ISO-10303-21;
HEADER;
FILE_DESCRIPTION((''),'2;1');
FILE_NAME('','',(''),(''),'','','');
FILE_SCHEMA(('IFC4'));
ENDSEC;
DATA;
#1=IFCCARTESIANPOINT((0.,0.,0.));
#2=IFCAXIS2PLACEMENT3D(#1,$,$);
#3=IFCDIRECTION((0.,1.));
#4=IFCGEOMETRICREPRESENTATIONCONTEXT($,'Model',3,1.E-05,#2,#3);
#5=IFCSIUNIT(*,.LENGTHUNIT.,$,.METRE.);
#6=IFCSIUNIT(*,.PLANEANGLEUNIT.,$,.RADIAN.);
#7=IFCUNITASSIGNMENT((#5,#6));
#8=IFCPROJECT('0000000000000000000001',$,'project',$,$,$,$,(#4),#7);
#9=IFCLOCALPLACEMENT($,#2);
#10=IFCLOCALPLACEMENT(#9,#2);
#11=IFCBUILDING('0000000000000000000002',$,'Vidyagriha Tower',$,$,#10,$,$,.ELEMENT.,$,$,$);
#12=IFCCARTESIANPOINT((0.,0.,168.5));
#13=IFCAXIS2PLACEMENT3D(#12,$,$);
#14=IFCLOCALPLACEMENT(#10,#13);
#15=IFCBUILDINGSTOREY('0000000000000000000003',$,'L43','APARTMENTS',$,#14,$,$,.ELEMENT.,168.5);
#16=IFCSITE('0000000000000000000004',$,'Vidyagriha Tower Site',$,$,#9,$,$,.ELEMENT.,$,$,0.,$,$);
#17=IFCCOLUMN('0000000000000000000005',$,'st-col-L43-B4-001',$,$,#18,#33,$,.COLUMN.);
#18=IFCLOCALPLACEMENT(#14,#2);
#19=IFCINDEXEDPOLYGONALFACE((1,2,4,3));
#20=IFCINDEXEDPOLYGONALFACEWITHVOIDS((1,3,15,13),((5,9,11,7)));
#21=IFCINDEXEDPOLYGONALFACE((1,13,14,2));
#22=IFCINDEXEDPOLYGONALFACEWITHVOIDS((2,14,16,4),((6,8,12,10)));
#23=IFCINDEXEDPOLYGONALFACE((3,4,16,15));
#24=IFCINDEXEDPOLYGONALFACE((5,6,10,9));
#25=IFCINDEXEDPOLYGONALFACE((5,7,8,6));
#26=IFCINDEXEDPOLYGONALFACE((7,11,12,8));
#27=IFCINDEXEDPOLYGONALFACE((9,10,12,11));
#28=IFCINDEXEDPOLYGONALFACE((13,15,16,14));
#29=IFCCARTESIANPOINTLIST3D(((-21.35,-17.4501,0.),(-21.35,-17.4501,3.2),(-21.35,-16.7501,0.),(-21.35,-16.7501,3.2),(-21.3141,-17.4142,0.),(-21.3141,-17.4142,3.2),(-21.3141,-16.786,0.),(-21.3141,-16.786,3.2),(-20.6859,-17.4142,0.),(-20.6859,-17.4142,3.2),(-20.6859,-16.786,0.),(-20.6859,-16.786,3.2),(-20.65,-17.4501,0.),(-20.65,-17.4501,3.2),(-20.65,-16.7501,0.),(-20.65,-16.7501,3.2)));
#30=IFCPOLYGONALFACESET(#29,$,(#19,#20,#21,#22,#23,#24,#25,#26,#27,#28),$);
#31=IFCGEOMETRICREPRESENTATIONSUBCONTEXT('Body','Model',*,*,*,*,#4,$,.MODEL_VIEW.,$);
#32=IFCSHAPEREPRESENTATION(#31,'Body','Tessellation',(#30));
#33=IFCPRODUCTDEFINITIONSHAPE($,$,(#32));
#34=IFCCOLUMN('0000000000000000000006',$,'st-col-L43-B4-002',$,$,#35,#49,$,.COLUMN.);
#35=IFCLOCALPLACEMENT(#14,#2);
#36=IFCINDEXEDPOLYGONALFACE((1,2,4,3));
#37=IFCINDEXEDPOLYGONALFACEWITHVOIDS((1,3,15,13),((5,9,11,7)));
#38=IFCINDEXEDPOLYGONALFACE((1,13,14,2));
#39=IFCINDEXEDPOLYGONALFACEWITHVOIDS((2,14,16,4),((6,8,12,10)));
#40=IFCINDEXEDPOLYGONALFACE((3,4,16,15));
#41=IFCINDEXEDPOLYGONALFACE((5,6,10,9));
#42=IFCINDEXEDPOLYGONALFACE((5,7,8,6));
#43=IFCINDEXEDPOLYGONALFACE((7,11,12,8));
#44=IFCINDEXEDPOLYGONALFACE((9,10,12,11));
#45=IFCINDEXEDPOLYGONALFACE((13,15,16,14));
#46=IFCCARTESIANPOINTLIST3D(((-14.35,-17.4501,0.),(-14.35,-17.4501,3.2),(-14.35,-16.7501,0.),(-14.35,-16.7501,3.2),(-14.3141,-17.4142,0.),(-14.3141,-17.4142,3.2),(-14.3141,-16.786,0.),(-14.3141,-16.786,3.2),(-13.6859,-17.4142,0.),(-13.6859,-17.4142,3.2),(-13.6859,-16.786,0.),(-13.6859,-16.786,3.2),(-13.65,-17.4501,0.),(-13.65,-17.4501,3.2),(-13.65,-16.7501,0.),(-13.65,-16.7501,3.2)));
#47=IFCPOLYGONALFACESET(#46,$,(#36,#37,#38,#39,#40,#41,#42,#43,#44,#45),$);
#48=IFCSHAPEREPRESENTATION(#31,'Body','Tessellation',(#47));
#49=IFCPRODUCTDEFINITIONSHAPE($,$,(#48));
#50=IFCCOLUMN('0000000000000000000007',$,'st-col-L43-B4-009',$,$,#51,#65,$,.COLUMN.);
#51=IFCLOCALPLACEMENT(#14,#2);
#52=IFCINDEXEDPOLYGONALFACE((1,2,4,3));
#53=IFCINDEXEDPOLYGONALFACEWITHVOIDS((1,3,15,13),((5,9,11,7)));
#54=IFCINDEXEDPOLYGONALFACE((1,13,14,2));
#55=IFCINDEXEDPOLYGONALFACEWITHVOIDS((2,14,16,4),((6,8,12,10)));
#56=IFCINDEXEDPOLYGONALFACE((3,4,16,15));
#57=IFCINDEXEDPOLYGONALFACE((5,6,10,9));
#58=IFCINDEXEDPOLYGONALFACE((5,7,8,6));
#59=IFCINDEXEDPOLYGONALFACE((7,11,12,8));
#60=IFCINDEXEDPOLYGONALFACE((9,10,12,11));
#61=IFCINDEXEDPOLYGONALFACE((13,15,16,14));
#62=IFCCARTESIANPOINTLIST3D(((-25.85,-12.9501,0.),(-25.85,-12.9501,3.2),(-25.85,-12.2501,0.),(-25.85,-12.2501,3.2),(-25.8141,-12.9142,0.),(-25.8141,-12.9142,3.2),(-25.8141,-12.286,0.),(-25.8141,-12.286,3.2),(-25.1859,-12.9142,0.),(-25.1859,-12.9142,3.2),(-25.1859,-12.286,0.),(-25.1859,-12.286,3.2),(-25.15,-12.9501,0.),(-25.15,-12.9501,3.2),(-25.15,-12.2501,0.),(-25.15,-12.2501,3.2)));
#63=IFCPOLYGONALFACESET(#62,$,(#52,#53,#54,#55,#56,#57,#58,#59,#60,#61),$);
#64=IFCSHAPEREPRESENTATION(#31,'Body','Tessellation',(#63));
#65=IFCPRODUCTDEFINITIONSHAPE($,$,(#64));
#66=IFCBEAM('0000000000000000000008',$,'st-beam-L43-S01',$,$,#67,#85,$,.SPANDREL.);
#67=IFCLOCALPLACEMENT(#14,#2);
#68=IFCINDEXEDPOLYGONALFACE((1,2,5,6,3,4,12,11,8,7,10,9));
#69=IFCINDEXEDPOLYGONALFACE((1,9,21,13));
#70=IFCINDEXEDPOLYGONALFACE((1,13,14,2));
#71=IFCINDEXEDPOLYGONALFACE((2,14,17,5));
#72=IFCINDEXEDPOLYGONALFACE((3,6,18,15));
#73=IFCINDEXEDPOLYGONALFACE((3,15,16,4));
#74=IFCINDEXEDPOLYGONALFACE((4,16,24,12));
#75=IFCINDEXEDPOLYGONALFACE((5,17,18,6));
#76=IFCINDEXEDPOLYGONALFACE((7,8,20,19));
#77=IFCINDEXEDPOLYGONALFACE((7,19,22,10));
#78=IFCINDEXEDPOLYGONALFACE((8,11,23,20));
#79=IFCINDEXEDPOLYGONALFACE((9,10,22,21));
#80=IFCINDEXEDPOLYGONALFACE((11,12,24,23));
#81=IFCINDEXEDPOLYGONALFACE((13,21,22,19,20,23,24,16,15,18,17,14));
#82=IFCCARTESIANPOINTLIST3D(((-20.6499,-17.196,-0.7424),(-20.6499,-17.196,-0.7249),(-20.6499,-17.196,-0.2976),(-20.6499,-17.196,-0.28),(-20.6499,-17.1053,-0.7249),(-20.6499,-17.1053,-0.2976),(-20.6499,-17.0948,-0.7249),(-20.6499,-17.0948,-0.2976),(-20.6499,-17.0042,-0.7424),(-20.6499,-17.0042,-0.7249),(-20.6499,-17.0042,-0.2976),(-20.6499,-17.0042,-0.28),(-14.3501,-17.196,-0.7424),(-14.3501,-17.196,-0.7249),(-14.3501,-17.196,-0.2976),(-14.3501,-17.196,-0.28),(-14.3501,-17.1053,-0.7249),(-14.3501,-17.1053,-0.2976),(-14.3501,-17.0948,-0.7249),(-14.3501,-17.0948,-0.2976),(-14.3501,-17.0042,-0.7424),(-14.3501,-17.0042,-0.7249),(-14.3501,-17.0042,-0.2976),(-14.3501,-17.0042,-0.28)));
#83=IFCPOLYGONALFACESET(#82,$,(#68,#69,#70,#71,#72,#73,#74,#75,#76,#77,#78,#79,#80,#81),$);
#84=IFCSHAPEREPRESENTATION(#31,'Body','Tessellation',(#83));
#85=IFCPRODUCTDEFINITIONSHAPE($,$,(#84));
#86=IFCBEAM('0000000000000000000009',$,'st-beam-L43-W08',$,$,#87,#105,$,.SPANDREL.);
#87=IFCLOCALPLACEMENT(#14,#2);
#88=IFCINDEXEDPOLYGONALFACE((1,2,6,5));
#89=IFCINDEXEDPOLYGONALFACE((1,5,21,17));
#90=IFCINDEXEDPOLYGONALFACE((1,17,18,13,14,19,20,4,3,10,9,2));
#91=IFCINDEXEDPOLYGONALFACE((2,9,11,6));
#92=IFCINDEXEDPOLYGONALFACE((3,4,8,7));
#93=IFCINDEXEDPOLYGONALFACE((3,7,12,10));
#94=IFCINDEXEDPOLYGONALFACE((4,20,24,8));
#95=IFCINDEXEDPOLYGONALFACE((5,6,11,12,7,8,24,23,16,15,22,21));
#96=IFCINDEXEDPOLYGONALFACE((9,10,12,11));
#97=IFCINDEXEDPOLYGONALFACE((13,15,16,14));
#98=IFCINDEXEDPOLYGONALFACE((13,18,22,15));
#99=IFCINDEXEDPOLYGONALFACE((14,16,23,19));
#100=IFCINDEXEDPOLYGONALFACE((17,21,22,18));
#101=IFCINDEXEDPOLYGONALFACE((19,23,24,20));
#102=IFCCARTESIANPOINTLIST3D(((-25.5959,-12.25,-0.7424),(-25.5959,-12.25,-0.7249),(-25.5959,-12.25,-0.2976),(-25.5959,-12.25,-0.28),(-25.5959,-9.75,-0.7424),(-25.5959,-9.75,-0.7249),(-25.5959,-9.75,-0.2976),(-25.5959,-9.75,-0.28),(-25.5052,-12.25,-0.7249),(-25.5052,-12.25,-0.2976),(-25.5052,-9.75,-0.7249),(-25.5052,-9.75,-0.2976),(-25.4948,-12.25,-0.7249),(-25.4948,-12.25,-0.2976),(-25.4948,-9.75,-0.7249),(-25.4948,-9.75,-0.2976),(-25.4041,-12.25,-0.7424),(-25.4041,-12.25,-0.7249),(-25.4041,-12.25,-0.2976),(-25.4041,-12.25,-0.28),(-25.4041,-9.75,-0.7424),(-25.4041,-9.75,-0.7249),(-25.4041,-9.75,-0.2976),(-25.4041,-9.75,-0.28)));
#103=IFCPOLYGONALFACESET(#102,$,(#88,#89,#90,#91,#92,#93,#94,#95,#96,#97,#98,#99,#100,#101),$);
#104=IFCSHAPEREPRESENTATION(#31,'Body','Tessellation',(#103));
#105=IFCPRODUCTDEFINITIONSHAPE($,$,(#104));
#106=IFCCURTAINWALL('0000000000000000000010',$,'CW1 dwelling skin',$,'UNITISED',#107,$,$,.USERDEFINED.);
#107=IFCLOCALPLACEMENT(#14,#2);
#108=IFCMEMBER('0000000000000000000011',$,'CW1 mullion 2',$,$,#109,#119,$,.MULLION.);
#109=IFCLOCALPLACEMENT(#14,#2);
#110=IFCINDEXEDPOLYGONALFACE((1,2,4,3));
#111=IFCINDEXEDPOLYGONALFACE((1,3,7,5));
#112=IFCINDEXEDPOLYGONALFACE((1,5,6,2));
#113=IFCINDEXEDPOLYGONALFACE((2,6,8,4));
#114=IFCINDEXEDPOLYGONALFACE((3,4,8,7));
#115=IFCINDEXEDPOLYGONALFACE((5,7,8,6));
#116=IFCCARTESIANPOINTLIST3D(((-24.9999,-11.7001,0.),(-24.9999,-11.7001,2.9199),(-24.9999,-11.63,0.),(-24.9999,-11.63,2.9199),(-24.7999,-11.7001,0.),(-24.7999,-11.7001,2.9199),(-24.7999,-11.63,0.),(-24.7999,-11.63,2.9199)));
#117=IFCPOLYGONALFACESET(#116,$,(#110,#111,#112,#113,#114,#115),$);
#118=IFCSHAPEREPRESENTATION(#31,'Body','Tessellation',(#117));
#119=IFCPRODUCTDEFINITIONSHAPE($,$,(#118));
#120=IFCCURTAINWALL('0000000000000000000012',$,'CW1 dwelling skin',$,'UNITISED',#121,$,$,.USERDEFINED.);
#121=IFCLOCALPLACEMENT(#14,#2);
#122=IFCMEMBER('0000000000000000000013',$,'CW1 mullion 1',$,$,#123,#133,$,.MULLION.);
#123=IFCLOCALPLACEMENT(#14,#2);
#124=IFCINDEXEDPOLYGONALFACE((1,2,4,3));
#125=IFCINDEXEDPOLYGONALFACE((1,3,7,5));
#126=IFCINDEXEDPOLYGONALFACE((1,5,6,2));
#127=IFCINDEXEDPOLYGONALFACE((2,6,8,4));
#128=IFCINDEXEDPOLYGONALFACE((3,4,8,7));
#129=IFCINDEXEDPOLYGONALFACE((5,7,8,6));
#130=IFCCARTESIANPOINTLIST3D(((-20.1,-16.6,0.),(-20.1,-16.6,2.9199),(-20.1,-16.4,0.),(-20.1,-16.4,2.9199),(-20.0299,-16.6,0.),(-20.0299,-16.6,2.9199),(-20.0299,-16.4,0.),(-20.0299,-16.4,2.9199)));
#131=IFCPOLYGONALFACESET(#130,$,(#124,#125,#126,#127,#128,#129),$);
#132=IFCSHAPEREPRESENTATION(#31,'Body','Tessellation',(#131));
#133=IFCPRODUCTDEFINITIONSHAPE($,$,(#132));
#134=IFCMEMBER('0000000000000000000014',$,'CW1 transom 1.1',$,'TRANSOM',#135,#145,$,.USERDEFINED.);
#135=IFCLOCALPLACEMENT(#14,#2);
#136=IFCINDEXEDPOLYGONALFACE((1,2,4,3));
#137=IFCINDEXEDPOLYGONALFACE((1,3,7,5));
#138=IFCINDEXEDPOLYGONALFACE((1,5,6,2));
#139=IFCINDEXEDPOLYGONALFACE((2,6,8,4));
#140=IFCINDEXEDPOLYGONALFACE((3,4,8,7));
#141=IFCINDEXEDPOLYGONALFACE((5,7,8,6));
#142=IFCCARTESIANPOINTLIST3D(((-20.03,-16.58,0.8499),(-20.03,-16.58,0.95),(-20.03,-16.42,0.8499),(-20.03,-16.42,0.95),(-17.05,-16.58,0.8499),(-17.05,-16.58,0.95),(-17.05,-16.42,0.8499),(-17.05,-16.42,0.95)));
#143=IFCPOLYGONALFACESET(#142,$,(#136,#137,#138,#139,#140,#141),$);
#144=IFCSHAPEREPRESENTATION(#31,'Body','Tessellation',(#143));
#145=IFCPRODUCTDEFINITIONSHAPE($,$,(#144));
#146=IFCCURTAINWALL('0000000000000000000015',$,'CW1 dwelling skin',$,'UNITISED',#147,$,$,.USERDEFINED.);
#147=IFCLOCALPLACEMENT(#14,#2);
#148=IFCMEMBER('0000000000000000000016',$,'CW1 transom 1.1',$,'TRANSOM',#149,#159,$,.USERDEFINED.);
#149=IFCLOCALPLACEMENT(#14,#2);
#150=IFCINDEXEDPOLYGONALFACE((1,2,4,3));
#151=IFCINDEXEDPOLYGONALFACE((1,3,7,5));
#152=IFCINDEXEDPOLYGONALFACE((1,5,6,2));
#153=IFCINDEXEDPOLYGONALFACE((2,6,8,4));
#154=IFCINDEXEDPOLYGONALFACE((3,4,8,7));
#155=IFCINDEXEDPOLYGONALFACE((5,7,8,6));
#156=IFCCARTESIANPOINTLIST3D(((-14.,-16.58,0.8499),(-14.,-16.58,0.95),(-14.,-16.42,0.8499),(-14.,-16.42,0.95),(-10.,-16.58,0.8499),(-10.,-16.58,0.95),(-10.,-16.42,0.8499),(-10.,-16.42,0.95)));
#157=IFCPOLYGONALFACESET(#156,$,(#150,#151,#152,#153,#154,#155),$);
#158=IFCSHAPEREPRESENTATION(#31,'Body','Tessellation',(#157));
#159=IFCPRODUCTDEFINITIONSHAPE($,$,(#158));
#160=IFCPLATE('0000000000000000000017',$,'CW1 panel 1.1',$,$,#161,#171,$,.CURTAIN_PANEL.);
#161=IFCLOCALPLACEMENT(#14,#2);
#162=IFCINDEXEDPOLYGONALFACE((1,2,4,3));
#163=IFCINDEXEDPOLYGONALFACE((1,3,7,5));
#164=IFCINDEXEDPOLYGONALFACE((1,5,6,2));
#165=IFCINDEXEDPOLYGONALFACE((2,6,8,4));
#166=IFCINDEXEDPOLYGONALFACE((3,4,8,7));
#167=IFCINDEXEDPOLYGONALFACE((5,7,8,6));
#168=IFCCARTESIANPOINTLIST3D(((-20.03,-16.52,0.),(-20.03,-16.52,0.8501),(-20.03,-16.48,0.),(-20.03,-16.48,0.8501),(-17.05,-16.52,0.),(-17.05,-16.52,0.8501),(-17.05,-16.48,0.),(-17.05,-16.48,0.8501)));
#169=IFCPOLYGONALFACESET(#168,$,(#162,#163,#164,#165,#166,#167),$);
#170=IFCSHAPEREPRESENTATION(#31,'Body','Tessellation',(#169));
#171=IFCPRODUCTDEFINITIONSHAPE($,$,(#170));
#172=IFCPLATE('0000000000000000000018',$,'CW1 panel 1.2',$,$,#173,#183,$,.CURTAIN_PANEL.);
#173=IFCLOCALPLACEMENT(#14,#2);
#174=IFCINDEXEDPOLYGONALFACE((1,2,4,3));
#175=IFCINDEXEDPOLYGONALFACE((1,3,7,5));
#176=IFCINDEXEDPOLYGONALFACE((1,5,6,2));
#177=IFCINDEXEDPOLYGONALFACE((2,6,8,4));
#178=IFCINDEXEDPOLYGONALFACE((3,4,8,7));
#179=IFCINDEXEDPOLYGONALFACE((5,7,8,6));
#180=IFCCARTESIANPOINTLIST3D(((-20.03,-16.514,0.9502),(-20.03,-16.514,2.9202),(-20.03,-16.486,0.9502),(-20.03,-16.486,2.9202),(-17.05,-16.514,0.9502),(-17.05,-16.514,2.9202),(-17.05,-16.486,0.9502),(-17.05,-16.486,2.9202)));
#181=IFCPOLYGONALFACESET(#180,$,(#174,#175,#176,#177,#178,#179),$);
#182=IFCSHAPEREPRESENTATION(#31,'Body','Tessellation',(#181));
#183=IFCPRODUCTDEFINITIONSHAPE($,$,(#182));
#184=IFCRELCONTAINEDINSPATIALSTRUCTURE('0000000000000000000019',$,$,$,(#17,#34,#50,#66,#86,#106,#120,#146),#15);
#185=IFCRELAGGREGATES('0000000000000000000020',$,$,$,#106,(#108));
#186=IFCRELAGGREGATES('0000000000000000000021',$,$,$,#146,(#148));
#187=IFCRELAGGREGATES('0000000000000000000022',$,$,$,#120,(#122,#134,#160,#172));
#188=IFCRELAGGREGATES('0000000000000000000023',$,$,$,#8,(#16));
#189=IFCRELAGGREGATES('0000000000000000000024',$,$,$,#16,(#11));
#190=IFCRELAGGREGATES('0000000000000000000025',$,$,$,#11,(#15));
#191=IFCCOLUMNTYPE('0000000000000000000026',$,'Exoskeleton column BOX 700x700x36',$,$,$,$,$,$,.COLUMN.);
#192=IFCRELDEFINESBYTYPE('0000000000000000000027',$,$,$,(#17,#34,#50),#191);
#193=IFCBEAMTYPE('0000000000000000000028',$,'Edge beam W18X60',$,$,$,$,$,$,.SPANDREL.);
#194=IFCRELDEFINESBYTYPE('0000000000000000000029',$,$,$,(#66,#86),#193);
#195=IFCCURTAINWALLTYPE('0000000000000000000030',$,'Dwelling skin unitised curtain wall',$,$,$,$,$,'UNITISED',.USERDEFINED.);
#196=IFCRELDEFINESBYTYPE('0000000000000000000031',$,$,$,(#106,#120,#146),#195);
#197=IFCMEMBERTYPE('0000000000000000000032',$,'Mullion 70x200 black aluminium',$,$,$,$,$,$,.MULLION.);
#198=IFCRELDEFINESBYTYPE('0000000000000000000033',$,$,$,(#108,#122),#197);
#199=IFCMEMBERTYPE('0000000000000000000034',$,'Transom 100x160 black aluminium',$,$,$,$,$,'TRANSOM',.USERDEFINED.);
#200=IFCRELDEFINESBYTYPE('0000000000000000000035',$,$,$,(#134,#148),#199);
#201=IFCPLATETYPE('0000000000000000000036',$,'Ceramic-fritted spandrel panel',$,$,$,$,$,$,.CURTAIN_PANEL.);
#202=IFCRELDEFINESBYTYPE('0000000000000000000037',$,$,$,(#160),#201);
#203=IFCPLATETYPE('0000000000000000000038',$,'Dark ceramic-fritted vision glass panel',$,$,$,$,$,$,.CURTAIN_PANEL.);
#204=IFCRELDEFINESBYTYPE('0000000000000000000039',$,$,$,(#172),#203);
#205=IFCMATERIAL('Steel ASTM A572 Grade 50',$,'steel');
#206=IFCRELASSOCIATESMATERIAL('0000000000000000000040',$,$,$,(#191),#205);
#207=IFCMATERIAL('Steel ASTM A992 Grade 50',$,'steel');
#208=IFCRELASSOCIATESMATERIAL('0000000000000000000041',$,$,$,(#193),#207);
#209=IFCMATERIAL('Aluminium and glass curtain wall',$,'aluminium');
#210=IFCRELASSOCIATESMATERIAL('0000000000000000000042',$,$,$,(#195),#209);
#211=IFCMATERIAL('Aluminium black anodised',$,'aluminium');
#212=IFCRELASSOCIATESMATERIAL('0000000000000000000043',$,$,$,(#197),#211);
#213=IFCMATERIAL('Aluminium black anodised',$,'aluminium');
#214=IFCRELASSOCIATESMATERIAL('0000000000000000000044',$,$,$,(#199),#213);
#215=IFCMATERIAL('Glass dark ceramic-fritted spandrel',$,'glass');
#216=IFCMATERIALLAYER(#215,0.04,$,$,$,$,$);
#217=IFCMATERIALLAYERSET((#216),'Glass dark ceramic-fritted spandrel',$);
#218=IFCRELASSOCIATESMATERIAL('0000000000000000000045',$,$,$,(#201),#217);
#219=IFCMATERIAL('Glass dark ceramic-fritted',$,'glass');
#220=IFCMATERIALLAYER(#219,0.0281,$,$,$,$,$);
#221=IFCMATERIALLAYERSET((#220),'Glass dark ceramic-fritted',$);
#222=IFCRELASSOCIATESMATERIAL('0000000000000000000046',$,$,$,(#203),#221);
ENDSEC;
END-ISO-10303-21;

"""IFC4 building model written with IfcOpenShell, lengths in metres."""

from ifc_helpers import new_model, si_unit, direction, frame, origin, origin_2d, place, context, subcontext, project, spatial, rectangle, hollow_rectangle, i_section, extrude, material, layer, layer_set, material_profile, profile_set, type_object, element, aggregate, save


model = new_model("IFC4")

# Units and contexts
model_context = context("Model", 3, precision=1e-05, world=origin(), true_north=direction((0.0, 1.0)))
body_context = subcontext(model_context, "Body", "Model", "MODEL_VIEW")
ifc_project = project(units=[si_unit("LENGTHUNIT", "METRE"), si_unit("PLANEANGLEUNIT", "RADIAN")], contexts=[model_context])

# Site, building, storey
site_placement = place(None, origin())
site = spatial("IfcSite", under=ifc_project, at=site_placement, Name="Vidyagriha Tower Site", CompositionType="ELEMENT", RefElevation=0.0)
building_placement = place(site_placement, origin())
building = spatial("IfcBuilding", under=site, at=building_placement, Name="Vidyagriha Tower", CompositionType="ELEMENT")
storey_placement = place(building_placement, frame((0.0, 0.0, 168.5)))
storey = spatial("IfcBuildingStorey", under=building, at=storey_placement, Name="L43", Description="APARTMENTS", CompositionType="ELEMENT", Elevation=168.5)

# Columns
ifc_material_1 = material(Name="Steel ASTM A572 Grade 50", Category="steel")
ifc_material_profile_1 = material_profile(ifc_material_1, hollow_rectangle(XDim=0.7, YDim=0.7, WallThickness=0.0359, at=origin_2d()), Name="BOX 700x700x36")
ifc_profile_set_1 = profile_set([ifc_material_profile_1], Name="Steel ASTM A572 Grade 50")
column_type = type_object("IfcColumnType", Name="Exoskeleton column BOX 700x700x36", PredefinedType="COLUMN", material=ifc_profile_set_1)
for number, where, name in (
    (1, (-21.0, -17.1001, 0.0), "st-col-L43-B4-001"),
    (2, (-14.0, -17.1001, 0.0), "st-col-L43-B4-002"),
    (3, (-25.5, -12.6001, 0.0), "st-col-L43-B4-009"),
):
    element("IfcColumn", number, at=place(storey_placement, frame(where)), inside=storey, type_object=column_type, Name=name, PredefinedType="COLUMN", context=body_context, shape_type="SweptSolid", body=[
        extrude(hollow_rectangle(XDim=0.7, YDim=0.7, WallThickness=0.0359, at=origin_2d()), origin(), (0.0, 0.0, 1.0), 3.2),
    ])

# Beams
ifc_material_2 = material(Name="Steel ASTM A992 Grade 50", Category="steel")
ifc_material_profile_2 = material_profile(ifc_material_2, i_section(OverallWidth=0.1919, OverallDepth=0.4624, WebThickness=0.0105, FlangeThickness=0.0176, at=origin_2d()), Name="W18X60")
ifc_profile_set_2 = profile_set([ifc_material_profile_2], Name="Steel ASTM A992 Grade 50")
beam_type = type_object("IfcBeamType", Name="Edge beam W18X60", PredefinedType="SPANDREL", material=ifc_profile_set_2)
beam_1_placement = place(storey_placement, frame((-20.6499, -17.1001, -0.5112), z_axis=(1.0, 0.0, 0.0), x_axis=(0.0, 1.0, 0.0)))
element("IfcBeam", 4, at=beam_1_placement, inside=storey, type_object=beam_type, Name="st-beam-L43-S01", PredefinedType="SPANDREL", context=body_context, shape_type="SweptSolid", body=[
    extrude(i_section(OverallWidth=0.1919, OverallDepth=0.4624, WebThickness=0.0105, FlangeThickness=0.0176, at=origin_2d()), origin(), (0.0, 0.0, 1.0), 6.2998),
])
beam_2_placement = place(storey_placement, frame((-25.5, -12.25, -0.5112), z_axis=(0.0, 1.0, 0.0), x_axis=(-1.0, 0.0, 0.0)))
element("IfcBeam", 5, at=beam_2_placement, inside=storey, type_object=beam_type, Name="st-beam-L43-W08", PredefinedType="SPANDREL", context=body_context, shape_type="SweptSolid", body=[
    extrude(i_section(OverallWidth=0.1919, OverallDepth=0.4624, WebThickness=0.0105, FlangeThickness=0.0176, at=origin_2d()), origin(), (0.0, 0.0, 1.0), 2.5),
])

# Curtain wall, member
ifc_material_3 = material(Name="Aluminium and glass curtain wall", Category="aluminium")
curtain_wall_type = type_object("IfcCurtainWallType", Name="Dwelling skin unitised curtain wall", ElementType="UNITISED", PredefinedType="USERDEFINED", material=ifc_material_3)
curtain_wall_1_placement = place(storey_placement, origin())
curtain_wall_1 = element("IfcCurtainWall", 6, at=curtain_wall_1_placement, inside=storey, type_object=curtain_wall_type, Name="CW1 dwelling skin", ObjectType="UNITISED", PredefinedType="USERDEFINED")
ifc_material_4 = material(Name="Aluminium black anodised", Category="aluminium")
ifc_material_profile_3 = material_profile(ifc_material_4, rectangle(XDim=0.2, YDim=0.0701, at=origin_2d()), Name="Mullion 70x200 black aluminium")
ifc_profile_set_3 = profile_set([ifc_material_profile_3], Name="Aluminium black anodised")
member_type_1 = type_object("IfcMemberType", Name="Mullion 70x200 black aluminium", PredefinedType="MULLION", material=ifc_profile_set_3)
member_1_placement = place(storey_placement, frame((-24.8999, -11.665, 0.0)))
member_1 = element("IfcMember", 7, at=member_1_placement, type_object=member_type_1, Name="CW1 mullion 2", PredefinedType="MULLION", context=body_context, shape_type="SweptSolid", body=[
    extrude(rectangle(XDim=0.2, YDim=0.0701, at=origin_2d()), origin(), (0.0, 0.0, 1.0), 2.9199),
])
aggregate(curtain_wall_1, [member_1])

# Curtain wall, members
curtain_wall_2_placement = place(storey_placement, origin())
curtain_wall_2 = element("IfcCurtainWall", 8, at=curtain_wall_2_placement, inside=storey, type_object=curtain_wall_type, Name="CW1 dwelling skin", ObjectType="UNITISED", PredefinedType="USERDEFINED")
member_2_placement = place(storey_placement, frame((-20.0649, -16.5, 0.0), z_axis=(0.0, 0.0, 1.0), x_axis=(0.0, 1.0, 0.0)))
member_2 = element("IfcMember", 9, at=member_2_placement, type_object=member_type_1, Name="CW1 mullion 1", PredefinedType="MULLION", context=body_context, shape_type="SweptSolid", body=[
    extrude(rectangle(XDim=0.2, YDim=0.0701, at=origin_2d()), origin(), (0.0, 0.0, 1.0), 2.9199),
])
ifc_material_5 = material(Name="Aluminium black anodised", Category="aluminium")
ifc_material_profile_4 = material_profile(ifc_material_5, rectangle(XDim=0.1599, YDim=0.1001, at=origin_2d()), Name="Transom 100x160 black aluminium")
ifc_profile_set_4 = profile_set([ifc_material_profile_4], Name="Aluminium black anodised")
member_type_2 = type_object("IfcMemberType", Name="Transom 100x160 black aluminium", ElementType="TRANSOM", PredefinedType="USERDEFINED", material=ifc_profile_set_4)
member_3_placement = place(storey_placement, frame((-20.03, -16.5, 0.8999), z_axis=(1.0, 0.0, 0.0), x_axis=(0.0, 1.0, 0.0)))
member_3 = element("IfcMember", 10, at=member_3_placement, type_object=member_type_2, Name="CW1 transom 1.1", ObjectType="TRANSOM", PredefinedType="USERDEFINED", context=body_context, shape_type="SweptSolid", body=[
    extrude(rectangle(XDim=0.1599, YDim=0.1001, at=origin_2d()), origin(), (0.0, 0.0, 1.0), 2.98),
])

# Curtain wall, member
curtain_wall_3_placement = place(storey_placement, origin())
curtain_wall_3 = element("IfcCurtainWall", 11, at=curtain_wall_3_placement, inside=storey, type_object=curtain_wall_type, Name="CW1 dwelling skin", ObjectType="UNITISED", PredefinedType="USERDEFINED")
member_4_placement = place(storey_placement, frame((-14.0, -16.5, 0.8999), z_axis=(1.0, 0.0, 0.0), x_axis=(0.0, 1.0, 0.0)))
member_4 = element("IfcMember", 12, at=member_4_placement, type_object=member_type_2, Name="CW1 transom 1.1", ObjectType="TRANSOM", PredefinedType="USERDEFINED", context=body_context, shape_type="SweptSolid", body=[
    extrude(rectangle(XDim=0.1599, YDim=0.1001, at=origin_2d()), origin(), (0.0, 0.0, 1.0), 4.0),
])
aggregate(curtain_wall_3, [member_4])

# Plates
ifc_material_6 = material(Name="Glass dark ceramic-fritted spandrel", Category="glass")
ifc_layer_1 = layer(ifc_material_6, 0.04)
ifc_layer_set_1 = layer_set([ifc_layer_1], Name="Glass dark ceramic-fritted spandrel")
plate_type_1 = type_object("IfcPlateType", Name="Ceramic-fritted spandrel panel", PredefinedType="CURTAIN_PANEL", material=ifc_layer_set_1)
plate_1_placement = place(storey_placement, frame((-18.54, -16.5, 0.0)))
plate_1 = element("IfcPlate", 13, at=plate_1_placement, type_object=plate_type_1, Name="CW1 panel 1.1", PredefinedType="CURTAIN_PANEL", context=body_context, shape_type="SweptSolid", body=[
    extrude(rectangle(XDim=2.98, YDim=0.04, at=origin_2d()), origin(), (0.0, 0.0, 1.0), 0.8501),
])
ifc_material_7 = material(Name="Glass dark ceramic-fritted", Category="glass")
ifc_layer_2 = layer(ifc_material_7, 0.0281)
ifc_layer_set_2 = layer_set([ifc_layer_2], Name="Glass dark ceramic-fritted")
plate_type_2 = type_object("IfcPlateType", Name="Dark ceramic-fritted vision glass panel", PredefinedType="CURTAIN_PANEL", material=ifc_layer_set_2)
plate_2_placement = place(storey_placement, frame((-18.54, -16.5, 0.9502)))
plate_2 = element("IfcPlate", 14, at=plate_2_placement, type_object=plate_type_2, Name="CW1 panel 1.2", PredefinedType="CURTAIN_PANEL", context=body_context, shape_type="SweptSolid", body=[
    extrude(rectangle(XDim=2.98, YDim=0.0281, at=origin_2d()), origin(), (0.0, 0.0, 1.0), 1.97),
])
aggregate(curtain_wall_2, [member_2, member_3, plate_1, plate_2])

save(model, "model.ifc")
